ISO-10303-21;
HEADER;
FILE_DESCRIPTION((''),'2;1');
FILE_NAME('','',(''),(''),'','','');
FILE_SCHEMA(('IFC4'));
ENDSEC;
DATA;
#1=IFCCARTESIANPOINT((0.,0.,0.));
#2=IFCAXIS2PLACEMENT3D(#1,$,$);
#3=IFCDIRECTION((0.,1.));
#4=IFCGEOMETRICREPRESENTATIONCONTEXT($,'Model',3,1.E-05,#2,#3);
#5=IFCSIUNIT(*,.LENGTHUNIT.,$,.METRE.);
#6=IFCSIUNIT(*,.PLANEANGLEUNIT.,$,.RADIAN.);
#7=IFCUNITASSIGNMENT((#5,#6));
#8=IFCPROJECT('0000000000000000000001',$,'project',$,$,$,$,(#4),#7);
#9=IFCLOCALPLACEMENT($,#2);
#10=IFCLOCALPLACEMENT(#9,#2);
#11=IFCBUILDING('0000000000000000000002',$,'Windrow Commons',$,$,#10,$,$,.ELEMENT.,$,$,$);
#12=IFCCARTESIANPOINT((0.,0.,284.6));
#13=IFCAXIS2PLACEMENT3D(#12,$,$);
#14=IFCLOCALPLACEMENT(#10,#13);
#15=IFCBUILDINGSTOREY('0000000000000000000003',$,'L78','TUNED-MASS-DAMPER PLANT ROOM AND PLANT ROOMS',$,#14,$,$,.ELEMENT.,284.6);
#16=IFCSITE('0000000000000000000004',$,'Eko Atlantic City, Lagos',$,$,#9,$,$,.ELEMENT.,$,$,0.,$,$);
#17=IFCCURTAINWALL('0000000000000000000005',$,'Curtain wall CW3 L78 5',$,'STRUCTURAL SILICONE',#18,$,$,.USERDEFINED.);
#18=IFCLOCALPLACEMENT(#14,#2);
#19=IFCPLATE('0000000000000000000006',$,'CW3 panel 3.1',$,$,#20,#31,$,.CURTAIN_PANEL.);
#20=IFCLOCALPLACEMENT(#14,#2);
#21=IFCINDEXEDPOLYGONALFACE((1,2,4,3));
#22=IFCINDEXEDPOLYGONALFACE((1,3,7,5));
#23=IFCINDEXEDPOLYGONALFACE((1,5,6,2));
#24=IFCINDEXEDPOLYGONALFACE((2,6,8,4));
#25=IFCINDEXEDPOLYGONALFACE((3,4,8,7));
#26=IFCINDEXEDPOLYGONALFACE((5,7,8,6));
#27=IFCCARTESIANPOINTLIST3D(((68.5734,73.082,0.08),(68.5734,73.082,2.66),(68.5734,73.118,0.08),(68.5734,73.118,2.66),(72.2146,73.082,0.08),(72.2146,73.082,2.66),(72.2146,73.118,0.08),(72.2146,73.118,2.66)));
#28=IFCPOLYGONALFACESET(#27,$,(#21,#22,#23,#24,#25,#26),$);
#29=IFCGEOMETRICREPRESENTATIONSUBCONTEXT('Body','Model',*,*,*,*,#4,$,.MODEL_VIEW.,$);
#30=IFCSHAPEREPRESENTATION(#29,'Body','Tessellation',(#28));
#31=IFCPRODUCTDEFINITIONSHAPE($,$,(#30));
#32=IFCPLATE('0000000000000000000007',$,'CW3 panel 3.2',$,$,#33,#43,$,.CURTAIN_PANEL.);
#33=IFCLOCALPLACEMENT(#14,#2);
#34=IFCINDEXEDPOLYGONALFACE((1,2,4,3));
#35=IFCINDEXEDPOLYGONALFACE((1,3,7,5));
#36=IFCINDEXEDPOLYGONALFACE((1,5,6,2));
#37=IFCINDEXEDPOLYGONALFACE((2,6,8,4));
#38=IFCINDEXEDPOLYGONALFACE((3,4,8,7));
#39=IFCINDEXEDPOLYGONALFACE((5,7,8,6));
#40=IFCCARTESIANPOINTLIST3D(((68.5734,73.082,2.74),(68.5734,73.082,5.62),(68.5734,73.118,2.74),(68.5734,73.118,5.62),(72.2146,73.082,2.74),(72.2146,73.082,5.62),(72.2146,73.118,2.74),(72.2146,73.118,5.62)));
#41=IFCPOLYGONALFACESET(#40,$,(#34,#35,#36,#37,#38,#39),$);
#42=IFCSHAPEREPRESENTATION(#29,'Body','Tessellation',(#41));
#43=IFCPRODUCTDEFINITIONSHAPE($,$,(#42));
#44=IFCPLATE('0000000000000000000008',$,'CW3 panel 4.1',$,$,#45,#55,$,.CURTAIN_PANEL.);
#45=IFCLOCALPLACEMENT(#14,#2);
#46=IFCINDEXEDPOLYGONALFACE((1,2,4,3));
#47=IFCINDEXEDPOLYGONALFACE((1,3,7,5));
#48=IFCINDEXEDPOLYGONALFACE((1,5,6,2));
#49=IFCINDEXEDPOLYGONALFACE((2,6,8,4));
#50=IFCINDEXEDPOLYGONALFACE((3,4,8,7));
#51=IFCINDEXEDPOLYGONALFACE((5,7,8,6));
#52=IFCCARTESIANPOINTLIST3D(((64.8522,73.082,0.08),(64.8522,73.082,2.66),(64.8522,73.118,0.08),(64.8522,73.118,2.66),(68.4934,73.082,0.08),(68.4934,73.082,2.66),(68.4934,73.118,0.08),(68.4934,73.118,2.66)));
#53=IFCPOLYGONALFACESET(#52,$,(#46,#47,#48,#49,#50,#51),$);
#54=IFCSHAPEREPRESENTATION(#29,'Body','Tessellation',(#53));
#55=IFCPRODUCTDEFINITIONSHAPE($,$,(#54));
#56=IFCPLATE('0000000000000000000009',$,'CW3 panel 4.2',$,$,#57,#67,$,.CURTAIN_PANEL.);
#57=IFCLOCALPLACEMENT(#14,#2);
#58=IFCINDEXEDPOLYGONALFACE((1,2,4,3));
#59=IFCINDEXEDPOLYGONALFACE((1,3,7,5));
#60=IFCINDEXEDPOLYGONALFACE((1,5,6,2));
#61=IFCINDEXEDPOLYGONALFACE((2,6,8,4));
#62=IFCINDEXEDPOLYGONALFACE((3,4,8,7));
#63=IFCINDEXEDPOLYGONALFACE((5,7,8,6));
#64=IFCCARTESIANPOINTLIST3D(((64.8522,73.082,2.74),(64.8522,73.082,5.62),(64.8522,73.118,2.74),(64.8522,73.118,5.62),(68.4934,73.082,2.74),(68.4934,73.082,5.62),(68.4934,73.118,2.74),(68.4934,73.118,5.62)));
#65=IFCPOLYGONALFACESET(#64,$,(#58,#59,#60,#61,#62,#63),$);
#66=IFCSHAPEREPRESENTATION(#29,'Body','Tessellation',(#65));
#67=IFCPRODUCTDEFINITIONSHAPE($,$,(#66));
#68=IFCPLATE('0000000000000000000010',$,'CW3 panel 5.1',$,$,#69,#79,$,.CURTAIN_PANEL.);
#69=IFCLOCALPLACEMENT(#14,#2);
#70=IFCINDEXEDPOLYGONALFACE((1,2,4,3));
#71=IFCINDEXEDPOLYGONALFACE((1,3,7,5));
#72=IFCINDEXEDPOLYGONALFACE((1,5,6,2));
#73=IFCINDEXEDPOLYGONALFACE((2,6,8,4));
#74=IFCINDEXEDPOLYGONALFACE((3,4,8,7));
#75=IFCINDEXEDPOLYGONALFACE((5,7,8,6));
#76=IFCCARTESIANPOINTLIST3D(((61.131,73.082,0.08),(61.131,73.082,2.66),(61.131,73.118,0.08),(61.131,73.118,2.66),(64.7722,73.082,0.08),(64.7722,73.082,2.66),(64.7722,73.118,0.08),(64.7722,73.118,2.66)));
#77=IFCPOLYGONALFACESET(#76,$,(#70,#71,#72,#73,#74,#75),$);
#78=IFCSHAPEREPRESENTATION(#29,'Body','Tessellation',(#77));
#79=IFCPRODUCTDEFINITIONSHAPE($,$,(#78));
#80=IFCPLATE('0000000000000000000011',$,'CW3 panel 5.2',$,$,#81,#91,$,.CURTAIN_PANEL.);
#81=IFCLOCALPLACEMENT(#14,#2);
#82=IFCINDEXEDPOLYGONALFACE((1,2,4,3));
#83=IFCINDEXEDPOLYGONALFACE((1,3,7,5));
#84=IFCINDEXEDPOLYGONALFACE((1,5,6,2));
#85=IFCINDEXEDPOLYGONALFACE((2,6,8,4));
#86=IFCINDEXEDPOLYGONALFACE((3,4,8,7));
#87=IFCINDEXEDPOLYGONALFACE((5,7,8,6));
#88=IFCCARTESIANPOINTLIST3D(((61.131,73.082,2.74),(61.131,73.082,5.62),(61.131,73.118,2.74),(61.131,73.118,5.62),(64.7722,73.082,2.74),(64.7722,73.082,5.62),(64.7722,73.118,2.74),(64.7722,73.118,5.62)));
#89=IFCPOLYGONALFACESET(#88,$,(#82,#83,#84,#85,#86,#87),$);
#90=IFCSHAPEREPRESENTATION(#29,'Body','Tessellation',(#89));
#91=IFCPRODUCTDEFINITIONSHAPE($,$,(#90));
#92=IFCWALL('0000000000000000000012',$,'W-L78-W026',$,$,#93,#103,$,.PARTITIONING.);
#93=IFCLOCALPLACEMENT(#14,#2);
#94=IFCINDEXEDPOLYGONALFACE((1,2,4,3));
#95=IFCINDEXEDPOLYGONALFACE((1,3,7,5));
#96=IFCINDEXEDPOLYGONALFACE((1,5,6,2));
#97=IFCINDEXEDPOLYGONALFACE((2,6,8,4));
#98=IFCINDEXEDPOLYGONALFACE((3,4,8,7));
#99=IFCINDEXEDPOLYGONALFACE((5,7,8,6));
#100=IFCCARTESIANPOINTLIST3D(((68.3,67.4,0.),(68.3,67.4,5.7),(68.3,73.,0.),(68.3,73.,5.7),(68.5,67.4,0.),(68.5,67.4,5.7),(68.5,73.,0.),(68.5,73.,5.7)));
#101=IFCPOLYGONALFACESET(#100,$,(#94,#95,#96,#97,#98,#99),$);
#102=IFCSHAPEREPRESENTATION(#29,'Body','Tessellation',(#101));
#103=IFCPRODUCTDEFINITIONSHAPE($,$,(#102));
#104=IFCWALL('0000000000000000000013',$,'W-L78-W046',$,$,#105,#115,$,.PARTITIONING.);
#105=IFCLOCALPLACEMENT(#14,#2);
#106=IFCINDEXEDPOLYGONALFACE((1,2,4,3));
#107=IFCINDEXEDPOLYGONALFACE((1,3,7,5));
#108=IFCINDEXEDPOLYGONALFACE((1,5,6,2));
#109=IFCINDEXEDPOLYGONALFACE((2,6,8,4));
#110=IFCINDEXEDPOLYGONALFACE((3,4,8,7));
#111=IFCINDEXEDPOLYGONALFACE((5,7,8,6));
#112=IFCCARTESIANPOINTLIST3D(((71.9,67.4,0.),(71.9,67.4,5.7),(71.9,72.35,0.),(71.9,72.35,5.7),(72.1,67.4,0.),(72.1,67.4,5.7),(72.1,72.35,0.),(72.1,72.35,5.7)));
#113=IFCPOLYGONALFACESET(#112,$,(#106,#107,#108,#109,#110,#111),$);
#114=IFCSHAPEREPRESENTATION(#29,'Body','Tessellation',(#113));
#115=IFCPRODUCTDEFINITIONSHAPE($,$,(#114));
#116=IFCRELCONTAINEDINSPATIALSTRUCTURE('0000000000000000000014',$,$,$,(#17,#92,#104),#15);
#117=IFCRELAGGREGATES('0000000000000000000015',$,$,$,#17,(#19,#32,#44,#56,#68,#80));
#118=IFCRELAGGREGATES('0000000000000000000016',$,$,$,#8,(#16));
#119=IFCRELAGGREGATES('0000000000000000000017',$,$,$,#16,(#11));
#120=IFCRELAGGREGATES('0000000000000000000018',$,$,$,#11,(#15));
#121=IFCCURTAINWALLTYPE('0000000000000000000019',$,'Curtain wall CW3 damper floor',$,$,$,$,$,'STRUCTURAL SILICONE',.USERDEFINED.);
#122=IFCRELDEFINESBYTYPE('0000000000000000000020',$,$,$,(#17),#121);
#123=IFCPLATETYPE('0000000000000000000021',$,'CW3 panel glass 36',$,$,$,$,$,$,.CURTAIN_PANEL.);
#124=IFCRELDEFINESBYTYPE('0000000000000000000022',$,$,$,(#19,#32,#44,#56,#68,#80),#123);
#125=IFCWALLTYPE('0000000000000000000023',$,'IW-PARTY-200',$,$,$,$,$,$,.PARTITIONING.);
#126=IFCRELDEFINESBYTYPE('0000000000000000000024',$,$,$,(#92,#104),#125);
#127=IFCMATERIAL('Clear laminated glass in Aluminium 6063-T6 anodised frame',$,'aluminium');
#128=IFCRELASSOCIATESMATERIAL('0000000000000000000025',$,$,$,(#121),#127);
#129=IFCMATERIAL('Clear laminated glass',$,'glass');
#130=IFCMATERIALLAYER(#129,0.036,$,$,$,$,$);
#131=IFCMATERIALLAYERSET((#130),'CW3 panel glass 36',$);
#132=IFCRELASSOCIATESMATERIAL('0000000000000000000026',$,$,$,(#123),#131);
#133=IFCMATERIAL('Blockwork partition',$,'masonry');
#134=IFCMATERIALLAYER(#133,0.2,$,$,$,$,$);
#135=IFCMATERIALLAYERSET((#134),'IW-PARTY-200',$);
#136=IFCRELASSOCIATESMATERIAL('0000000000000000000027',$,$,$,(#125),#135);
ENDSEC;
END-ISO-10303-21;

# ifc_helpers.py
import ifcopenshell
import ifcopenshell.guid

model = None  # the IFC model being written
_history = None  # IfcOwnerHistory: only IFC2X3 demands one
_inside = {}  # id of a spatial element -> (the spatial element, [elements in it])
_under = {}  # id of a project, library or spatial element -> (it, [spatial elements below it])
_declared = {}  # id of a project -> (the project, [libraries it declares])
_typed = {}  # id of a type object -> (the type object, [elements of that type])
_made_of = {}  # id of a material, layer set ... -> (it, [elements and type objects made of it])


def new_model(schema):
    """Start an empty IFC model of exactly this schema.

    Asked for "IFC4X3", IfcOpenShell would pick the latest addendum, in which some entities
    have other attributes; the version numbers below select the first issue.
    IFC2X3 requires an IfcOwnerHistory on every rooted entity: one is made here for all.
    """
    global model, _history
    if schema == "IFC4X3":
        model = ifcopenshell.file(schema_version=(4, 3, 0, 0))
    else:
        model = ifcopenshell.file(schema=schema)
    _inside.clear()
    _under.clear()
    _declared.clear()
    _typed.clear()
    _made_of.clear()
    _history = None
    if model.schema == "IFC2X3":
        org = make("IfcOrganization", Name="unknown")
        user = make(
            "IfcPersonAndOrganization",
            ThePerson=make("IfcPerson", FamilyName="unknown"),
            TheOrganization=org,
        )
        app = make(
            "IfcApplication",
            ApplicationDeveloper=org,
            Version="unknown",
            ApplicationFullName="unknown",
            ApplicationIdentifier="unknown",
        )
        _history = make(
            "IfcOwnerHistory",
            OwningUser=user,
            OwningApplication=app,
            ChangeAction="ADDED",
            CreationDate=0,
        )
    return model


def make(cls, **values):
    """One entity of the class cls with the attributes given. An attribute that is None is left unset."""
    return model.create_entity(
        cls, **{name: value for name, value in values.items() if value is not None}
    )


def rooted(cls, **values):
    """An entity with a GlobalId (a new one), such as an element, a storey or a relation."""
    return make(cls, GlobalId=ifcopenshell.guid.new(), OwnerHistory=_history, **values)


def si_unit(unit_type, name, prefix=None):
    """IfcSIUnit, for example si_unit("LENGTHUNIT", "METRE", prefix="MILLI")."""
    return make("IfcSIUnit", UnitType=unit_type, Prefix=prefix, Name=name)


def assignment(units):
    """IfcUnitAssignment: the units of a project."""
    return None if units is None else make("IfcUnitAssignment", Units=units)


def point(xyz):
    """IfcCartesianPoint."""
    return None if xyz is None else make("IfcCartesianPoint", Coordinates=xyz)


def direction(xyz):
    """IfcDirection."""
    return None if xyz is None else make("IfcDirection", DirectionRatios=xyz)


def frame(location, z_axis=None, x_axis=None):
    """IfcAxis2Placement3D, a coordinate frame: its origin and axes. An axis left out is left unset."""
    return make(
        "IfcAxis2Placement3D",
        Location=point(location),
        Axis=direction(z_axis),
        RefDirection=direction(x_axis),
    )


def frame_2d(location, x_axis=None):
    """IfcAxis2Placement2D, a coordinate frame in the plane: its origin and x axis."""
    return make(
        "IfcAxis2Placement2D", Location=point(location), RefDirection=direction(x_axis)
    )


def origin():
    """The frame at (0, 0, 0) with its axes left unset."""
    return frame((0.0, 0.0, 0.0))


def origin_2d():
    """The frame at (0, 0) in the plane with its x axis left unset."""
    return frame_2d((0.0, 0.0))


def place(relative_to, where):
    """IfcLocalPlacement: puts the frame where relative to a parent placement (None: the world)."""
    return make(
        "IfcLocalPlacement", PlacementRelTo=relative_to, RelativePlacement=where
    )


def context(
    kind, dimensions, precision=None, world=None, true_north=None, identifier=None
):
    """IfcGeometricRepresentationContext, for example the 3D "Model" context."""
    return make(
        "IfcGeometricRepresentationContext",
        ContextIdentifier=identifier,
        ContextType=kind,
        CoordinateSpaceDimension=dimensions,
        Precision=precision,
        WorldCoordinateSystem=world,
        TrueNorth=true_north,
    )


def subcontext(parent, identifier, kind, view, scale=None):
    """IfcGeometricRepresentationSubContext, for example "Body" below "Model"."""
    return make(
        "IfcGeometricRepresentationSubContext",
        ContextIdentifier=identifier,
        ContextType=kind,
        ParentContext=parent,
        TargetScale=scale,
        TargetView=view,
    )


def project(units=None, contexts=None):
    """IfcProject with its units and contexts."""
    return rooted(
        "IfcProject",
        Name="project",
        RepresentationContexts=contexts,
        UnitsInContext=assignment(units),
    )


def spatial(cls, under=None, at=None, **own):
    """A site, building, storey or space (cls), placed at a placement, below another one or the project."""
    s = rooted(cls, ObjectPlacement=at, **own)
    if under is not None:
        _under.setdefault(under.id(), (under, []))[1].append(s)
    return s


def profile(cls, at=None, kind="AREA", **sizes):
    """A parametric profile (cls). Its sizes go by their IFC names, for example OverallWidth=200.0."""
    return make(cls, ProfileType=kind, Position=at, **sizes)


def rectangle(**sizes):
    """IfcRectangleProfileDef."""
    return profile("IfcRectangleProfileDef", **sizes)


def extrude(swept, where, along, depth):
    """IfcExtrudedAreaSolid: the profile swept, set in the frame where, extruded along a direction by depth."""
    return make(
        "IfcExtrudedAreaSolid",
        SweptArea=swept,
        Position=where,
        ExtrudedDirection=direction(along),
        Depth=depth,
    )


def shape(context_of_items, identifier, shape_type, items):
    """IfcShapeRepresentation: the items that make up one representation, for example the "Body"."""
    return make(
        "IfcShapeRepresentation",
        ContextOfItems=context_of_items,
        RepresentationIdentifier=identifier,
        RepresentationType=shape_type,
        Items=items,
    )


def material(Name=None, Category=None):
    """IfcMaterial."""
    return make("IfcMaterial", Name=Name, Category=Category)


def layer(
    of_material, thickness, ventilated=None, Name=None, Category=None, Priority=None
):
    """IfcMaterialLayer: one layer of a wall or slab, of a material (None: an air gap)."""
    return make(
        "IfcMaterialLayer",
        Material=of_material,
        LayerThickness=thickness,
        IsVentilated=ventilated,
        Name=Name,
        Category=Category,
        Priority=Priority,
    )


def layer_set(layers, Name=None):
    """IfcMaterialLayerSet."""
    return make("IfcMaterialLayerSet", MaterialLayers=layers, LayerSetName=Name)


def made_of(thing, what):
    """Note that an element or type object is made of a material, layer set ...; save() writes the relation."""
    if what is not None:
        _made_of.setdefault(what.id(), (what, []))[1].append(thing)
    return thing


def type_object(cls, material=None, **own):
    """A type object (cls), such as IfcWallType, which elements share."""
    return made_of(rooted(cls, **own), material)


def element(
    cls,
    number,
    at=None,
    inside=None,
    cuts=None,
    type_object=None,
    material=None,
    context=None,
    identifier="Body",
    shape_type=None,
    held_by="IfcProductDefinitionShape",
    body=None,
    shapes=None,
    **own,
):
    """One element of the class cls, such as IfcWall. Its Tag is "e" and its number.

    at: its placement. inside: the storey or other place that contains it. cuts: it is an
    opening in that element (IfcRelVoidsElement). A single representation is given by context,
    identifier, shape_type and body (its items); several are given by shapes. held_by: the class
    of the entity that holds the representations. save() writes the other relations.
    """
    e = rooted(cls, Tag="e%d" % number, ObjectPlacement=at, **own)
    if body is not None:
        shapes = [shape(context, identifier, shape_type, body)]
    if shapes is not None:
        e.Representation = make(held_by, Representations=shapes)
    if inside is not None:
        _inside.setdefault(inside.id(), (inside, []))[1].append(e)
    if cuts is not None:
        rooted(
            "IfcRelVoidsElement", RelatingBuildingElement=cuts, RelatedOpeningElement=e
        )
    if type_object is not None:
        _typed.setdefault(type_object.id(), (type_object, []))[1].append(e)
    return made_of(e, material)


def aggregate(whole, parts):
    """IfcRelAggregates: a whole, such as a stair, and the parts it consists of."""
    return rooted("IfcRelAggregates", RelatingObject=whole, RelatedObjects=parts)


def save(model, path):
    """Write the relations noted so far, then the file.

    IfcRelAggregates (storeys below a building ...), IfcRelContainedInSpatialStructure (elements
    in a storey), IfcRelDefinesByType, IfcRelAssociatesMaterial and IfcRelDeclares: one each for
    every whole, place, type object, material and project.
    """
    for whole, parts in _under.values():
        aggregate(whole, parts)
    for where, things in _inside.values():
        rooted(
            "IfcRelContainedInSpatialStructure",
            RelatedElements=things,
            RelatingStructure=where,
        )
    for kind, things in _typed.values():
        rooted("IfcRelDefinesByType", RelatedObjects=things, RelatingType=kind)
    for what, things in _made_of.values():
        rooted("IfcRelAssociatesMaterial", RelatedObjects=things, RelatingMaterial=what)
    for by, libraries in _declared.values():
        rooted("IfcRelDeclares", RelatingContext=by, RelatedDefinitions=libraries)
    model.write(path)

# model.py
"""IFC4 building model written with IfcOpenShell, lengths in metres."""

from ifc_helpers import new_model, si_unit, direction, frame, frame_2d, origin, origin_2d, place, context, subcontext, project, spatial, rectangle, extrude, material, layer, layer_set, type_object, element, aggregate, save


model = new_model("IFC4")

# Units and contexts
model_context = context("Model", 3, precision=1e-05, world=origin(), true_north=direction((0.0, 1.0)))
body_context = subcontext(model_context, "Body", "Model", "MODEL_VIEW")
ifc_project = project(units=[si_unit("LENGTHUNIT", "METRE"), si_unit("PLANEANGLEUNIT", "RADIAN")], contexts=[model_context])

# Site, building, storey
site_placement = place(None, origin())
site = spatial("IfcSite", under=ifc_project, at=site_placement, Name="Eko Atlantic City, Lagos", CompositionType="ELEMENT", RefElevation=0.0)
building_placement = place(site_placement, origin())
building = spatial("IfcBuilding", under=site, at=building_placement, Name="Windrow Commons", CompositionType="ELEMENT")
storey_placement = place(building_placement, frame((0.0, 0.0, 284.6)))
storey = spatial("IfcBuildingStorey", under=building, at=storey_placement, Name="L78", Description="TUNED-MASS-DAMPER PLANT ROOM AND PLANT ROOMS", CompositionType="ELEMENT", Elevation=284.6)

# Curtain wall
ifc_material_1 = material(Name="Clear laminated glass in Aluminium 6063-T6 anodised frame", Category="aluminium")
curtain_wall_type = type_object("IfcCurtainWallType", Name="Curtain wall CW3 damper floor", ElementType="STRUCTURAL SILICONE", PredefinedType="USERDEFINED", material=ifc_material_1)
curtain_wall_placement = place(storey_placement, origin())
curtain_wall = element("IfcCurtainWall", 1, at=curtain_wall_placement, inside=storey, type_object=curtain_wall_type, Name="Curtain wall CW3 L78 5", ObjectType="STRUCTURAL SILICONE", PredefinedType="USERDEFINED")

# Plates
ifc_material_2 = material(Name="Clear laminated glass", Category="glass")
ifc_layer_1 = layer(ifc_material_2, 0.036)
ifc_layer_set_1 = layer_set([ifc_layer_1], Name="CW3 panel glass 36")
plate_type = type_object("IfcPlateType", Name="CW3 panel glass 36", PredefinedType="CURTAIN_PANEL", material=ifc_layer_set_1)
plate_1_placement = place(storey_placement, frame((70.394, 73.1, 0.08), z_axis=(0.0, 0.0, 1.0), x_axis=(-1.0, 0.0, 0.0)))
plate_1 = element("IfcPlate", 2, at=plate_1_placement, type_object=plate_type, Name="CW3 panel 3.1", PredefinedType="CURTAIN_PANEL", context=body_context, shape_type="SweptSolid", body=[
    extrude(rectangle(XDim=3.6412, YDim=0.036, at=origin_2d()), origin(), (0.0, 0.0, 1.0), 2.58),
])
plate_2_placement = place(storey_placement, frame((70.394, 73.1, 2.74), z_axis=(0.0, 0.0, 1.0), x_axis=(-1.0, 0.0, 0.0)))
plate_2 = element("IfcPlate", 3, at=plate_2_placement, type_object=plate_type, Name="CW3 panel 3.2", PredefinedType="CURTAIN_PANEL", context=body_context, shape_type="SweptSolid", body=[
    extrude(rectangle(XDim=3.6412, YDim=0.036, at=origin_2d()), origin(), (0.0, 0.0, 1.0), 2.88),
])
plate_3_placement = place(storey_placement, frame((66.6728, 73.1, 0.08), z_axis=(0.0, 0.0, 1.0), x_axis=(-1.0, 0.0, 0.0)))
plate_3 = element("IfcPlate", 4, at=plate_3_placement, type_object=plate_type, Name="CW3 panel 4.1", PredefinedType="CURTAIN_PANEL", context=body_context, shape_type="SweptSolid", body=[
    extrude(rectangle(XDim=3.6412, YDim=0.036, at=origin_2d()), origin(), (0.0, 0.0, 1.0), 2.58),
])
plate_4_placement = place(storey_placement, frame((66.6728, 73.1, 2.74), z_axis=(0.0, 0.0, 1.0), x_axis=(-1.0, 0.0, 0.0)))
plate_4 = element("IfcPlate", 5, at=plate_4_placement, type_object=plate_type, Name="CW3 panel 4.2", PredefinedType="CURTAIN_PANEL", context=body_context, shape_type="SweptSolid", body=[
    extrude(rectangle(XDim=3.6412, YDim=0.036, at=origin_2d()), origin(), (0.0, 0.0, 1.0), 2.88),
])
plate_5_placement = place(storey_placement, frame((62.9516, 73.1, 0.08), z_axis=(0.0, 0.0, 1.0), x_axis=(-1.0, 0.0, 0.0)))
plate_5 = element("IfcPlate", 6, at=plate_5_placement, type_object=plate_type, Name="CW3 panel 5.1", PredefinedType="CURTAIN_PANEL", context=body_context, shape_type="SweptSolid", body=[
    extrude(rectangle(XDim=3.6412, YDim=0.036, at=origin_2d()), origin(), (0.0, 0.0, 1.0), 2.58),
])
plate_6_placement = place(storey_placement, frame((62.9516, 73.1, 2.74), z_axis=(0.0, 0.0, 1.0), x_axis=(-1.0, 0.0, 0.0)))
plate_6 = element("IfcPlate", 7, at=plate_6_placement, type_object=plate_type, Name="CW3 panel 5.2", PredefinedType="CURTAIN_PANEL", context=body_context, shape_type="SweptSolid", body=[
    extrude(rectangle(XDim=3.6412, YDim=0.036, at=origin_2d()), origin(), (0.0, 0.0, 1.0), 2.88),
])
aggregate(curtain_wall, [plate_1, plate_2, plate_3, plate_4, plate_5, plate_6])

# Walls
ifc_material_3 = material(Name="Blockwork partition", Category="masonry")
ifc_layer_2 = layer(ifc_material_3, 0.2)
ifc_layer_set_2 = layer_set([ifc_layer_2], Name="IW-PARTY-200")
wall_type = type_object("IfcWallType", Name="IW-PARTY-200", PredefinedType="PARTITIONING", material=ifc_layer_set_2)
wall_1_placement = place(storey_placement, frame((68.4, 67.4, 0.0), z_axis=(0.0, 0.0, 1.0), x_axis=(0.0, 1.0, 0.0)))
element("IfcWall", 8, at=wall_1_placement, inside=storey, type_object=wall_type, Name="W-L78-W026", PredefinedType="PARTITIONING", context=body_context, shape_type="SweptSolid", body=[
    extrude(rectangle(XDim=5.6, YDim=0.2, at=frame_2d((2.8, 0.0))), origin(), (0.0, 0.0, 1.0), 5.7),
])
wall_2_placement = place(storey_placement, frame((72.0, 67.4, 0.0), z_axis=(0.0, 0.0, 1.0), x_axis=(0.0, 1.0, 0.0)))
element("IfcWall", 9, at=wall_2_placement, inside=storey, type_object=wall_type, Name="W-L78-W046", PredefinedType="PARTITIONING", context=body_context, shape_type="SweptSolid", body=[
    extrude(rectangle(XDim=4.95, YDim=0.2, at=frame_2d((2.475, 0.0))), origin(), (0.0, 0.0, 1.0), 5.7),
])

save(model, "model.ifc")
